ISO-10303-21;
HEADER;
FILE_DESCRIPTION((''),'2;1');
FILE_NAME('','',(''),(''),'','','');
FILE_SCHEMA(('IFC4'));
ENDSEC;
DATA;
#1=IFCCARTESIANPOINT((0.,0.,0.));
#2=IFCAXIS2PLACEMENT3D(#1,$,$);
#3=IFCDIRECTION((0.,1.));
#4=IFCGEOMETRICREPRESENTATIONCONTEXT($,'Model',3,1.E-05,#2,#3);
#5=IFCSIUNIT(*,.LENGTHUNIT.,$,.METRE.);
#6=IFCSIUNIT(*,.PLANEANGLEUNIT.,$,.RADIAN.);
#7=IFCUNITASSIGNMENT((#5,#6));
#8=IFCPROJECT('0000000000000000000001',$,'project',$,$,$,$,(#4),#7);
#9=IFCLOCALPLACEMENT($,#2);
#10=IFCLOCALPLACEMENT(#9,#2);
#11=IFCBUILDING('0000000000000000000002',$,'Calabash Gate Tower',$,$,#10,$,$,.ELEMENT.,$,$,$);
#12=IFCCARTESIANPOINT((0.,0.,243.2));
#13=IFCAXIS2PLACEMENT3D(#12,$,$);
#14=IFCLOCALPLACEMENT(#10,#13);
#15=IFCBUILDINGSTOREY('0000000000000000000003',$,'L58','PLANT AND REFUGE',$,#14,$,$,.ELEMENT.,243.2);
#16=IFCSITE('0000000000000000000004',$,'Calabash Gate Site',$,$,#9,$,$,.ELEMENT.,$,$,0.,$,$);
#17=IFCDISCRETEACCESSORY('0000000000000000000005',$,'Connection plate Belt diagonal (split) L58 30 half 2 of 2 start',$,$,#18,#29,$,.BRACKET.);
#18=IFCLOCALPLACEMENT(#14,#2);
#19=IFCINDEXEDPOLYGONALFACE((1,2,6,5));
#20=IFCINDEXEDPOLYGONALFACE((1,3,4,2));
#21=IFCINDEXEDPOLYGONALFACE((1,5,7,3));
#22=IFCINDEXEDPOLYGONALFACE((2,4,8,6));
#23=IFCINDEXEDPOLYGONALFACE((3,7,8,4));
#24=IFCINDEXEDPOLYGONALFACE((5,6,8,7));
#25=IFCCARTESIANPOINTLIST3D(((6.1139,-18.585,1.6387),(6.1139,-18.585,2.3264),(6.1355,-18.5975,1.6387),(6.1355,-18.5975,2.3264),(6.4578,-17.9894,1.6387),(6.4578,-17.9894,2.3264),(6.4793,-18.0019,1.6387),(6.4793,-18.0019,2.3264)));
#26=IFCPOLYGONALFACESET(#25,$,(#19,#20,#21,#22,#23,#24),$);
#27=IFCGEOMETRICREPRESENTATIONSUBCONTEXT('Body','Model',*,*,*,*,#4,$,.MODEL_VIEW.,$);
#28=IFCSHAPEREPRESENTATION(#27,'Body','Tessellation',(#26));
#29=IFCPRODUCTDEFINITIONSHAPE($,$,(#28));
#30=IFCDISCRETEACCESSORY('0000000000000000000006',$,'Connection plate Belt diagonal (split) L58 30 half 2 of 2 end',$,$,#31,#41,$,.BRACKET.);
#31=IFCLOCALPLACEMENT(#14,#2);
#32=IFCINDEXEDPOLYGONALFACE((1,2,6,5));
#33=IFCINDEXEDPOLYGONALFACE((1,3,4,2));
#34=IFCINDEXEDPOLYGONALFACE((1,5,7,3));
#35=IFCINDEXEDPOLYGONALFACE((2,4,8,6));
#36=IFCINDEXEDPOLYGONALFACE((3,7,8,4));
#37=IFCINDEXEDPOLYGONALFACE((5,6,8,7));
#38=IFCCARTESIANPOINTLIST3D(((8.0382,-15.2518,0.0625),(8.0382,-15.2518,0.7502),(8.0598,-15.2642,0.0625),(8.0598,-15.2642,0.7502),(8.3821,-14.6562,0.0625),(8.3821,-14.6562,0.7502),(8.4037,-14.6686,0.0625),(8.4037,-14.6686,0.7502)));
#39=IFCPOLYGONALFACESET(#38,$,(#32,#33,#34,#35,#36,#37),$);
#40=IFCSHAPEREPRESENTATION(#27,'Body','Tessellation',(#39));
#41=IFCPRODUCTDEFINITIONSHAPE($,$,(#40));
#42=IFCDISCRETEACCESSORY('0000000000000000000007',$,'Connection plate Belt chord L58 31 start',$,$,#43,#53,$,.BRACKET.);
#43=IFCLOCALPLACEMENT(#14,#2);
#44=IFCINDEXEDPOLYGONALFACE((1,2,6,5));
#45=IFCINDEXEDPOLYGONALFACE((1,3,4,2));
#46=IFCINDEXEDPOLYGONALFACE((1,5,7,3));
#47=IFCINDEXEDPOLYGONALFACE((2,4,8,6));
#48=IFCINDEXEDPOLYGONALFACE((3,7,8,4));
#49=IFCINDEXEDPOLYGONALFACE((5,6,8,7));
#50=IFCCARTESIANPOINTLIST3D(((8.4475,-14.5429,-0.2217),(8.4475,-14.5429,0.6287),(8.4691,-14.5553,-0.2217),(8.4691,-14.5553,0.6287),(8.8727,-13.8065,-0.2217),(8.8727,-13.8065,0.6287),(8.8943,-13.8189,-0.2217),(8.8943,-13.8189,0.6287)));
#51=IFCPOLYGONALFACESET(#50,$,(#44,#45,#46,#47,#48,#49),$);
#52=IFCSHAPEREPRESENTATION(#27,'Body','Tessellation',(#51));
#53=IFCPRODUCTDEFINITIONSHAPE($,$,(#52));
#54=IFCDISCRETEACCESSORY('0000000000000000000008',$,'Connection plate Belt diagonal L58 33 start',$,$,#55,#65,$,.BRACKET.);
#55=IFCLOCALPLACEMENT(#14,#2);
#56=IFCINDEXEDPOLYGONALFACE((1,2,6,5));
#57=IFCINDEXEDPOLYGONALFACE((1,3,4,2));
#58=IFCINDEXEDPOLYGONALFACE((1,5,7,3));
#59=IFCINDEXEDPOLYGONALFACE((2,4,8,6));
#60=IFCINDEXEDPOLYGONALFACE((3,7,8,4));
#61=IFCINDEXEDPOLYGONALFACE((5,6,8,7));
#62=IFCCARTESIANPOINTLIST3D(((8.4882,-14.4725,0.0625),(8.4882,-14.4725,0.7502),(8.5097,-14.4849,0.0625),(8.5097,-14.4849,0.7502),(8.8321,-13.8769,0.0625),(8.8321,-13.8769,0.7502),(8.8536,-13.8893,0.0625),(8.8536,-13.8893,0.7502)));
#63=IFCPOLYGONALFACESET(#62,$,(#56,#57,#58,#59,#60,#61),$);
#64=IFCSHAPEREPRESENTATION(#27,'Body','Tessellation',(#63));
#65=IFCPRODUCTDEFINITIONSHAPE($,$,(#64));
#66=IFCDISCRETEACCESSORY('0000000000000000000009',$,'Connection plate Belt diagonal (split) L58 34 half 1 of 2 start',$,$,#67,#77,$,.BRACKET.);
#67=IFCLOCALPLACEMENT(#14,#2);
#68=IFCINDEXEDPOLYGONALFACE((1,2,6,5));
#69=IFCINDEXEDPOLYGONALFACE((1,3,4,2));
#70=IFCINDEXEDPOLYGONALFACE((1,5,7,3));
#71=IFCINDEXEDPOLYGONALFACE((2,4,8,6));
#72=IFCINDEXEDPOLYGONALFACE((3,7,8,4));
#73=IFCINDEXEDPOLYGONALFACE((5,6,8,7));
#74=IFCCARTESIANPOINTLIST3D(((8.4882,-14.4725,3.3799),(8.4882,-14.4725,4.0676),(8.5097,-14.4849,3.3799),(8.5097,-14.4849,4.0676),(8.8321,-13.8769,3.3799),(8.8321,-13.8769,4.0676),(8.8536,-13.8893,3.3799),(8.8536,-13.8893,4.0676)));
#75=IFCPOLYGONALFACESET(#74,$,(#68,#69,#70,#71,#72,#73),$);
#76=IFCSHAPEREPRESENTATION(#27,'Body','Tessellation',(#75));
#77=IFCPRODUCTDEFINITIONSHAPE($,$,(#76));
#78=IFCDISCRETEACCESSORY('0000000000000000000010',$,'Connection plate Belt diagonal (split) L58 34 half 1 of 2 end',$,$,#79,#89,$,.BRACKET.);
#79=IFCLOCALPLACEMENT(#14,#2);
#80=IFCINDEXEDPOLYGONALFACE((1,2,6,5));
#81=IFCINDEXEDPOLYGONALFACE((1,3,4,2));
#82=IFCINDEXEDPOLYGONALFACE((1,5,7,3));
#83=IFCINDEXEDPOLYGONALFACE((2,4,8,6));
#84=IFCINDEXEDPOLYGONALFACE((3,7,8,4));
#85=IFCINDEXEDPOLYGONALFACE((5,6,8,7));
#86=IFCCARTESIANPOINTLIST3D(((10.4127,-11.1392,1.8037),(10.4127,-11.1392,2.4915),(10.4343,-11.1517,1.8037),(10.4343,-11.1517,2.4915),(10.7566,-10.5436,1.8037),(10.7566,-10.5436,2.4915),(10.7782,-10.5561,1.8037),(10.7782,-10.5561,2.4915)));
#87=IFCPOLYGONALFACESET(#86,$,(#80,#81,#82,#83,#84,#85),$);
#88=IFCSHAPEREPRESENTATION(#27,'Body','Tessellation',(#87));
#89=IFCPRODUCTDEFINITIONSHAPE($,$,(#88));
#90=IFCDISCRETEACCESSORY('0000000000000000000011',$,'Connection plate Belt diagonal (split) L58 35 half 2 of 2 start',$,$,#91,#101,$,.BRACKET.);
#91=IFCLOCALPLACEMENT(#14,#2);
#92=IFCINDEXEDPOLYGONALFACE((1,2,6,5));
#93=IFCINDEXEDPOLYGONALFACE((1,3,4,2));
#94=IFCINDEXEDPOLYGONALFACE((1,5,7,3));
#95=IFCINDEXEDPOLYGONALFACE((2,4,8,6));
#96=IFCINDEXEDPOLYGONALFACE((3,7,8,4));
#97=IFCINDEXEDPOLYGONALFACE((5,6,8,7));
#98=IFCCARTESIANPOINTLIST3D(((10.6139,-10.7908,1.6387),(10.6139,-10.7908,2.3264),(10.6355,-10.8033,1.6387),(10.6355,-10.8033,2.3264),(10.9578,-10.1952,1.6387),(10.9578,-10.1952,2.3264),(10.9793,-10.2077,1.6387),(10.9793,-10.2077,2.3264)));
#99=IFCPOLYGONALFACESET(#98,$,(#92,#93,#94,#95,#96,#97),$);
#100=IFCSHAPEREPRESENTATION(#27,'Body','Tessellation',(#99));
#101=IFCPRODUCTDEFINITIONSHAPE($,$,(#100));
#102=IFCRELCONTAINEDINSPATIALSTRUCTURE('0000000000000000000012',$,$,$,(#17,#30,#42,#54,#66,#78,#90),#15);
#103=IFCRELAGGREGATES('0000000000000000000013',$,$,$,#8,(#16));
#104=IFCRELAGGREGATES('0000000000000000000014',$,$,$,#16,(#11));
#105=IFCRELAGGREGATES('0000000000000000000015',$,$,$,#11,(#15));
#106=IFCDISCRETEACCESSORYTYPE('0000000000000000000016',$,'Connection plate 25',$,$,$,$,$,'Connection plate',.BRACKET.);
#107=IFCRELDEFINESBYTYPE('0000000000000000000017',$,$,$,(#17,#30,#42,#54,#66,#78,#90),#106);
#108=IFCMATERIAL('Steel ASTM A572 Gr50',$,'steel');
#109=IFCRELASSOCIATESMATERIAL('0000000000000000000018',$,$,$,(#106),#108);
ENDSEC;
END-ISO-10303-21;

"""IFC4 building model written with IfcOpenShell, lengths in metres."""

from ifc_helpers import new_model, si_unit, direction, frame, origin, origin_2d, place, context, subcontext, project, spatial, rectangle, extrude, material, type_object, element, save


model = new_model("IFC4")

# Units and contexts
model_context = context("Model", 3, precision=1e-05, world=origin(), true_north=direction((0.0, 1.0)))
body_context = subcontext(model_context, "Body", "Model", "MODEL_VIEW")
ifc_project = project(units=[si_unit("LENGTHUNIT", "METRE"), si_unit("PLANEANGLEUNIT", "RADIAN")], contexts=[model_context])

# Site, building, storey
site_placement = place(None, origin())
site = spatial("IfcSite", under=ifc_project, at=site_placement, Name="Calabash Gate Site", CompositionType="ELEMENT", RefElevation=0.0)
building_placement = place(site_placement, origin())
building = spatial("IfcBuilding", under=site, at=building_placement, Name="Calabash Gate Tower", CompositionType="ELEMENT")
storey_placement = place(building_placement, frame((0.0, 0.0, 243.2)))
storey = spatial("IfcBuildingStorey", under=building, at=storey_placement, Name="L58", Description="PLANT AND REFUGE", CompositionType="ELEMENT", Elevation=243.2)

# Discrete accessories
ifc_material_1 = material(Name="Steel ASTM A572 Gr50", Category="steel")
discrete_accessory_type = type_object("IfcDiscreteAccessoryType", Name="Connection plate 25", ElementType="Connection plate", PredefinedType="BRACKET", material=ifc_material_1)
for number, where, z_axis, x_axis, name in (
    (1, (6.2966, -18.2935, 1.6387), (0.0, 0.0, 1.0), (0.5, 0.866025, 0.0), "Connection plate Belt diagonal (split) L58 30 half 2 of 2 start"),
    (2, (8.2209, -14.9602, 0.0625), (0.0, 0.0, 1.0), (0.5, 0.866025, 0.0), "Connection plate Belt diagonal (split) L58 30 half 2 of 2 end"),
):
    element("IfcDiscreteAccessory", number, at=place(storey_placement, frame(where, z_axis=z_axis, x_axis=x_axis)), inside=storey, type_object=discrete_accessory_type, Name=name, PredefinedType="BRACKET", context=body_context, shape_type="SweptSolid", body=[
        extrude(rectangle(XDim=0.6877, YDim=0.0249, at=origin_2d()), origin(), (0.0, 0.0, 1.0), 0.6877),
    ])
discrete_accessory_placement = place(storey_placement, frame((8.6709, -14.1809, -0.2217), z_axis=(0.0, 0.0, 1.0), x_axis=(0.5, 0.866025, 0.0)))
element("IfcDiscreteAccessory", 3, at=discrete_accessory_placement, inside=storey, type_object=discrete_accessory_type, Name="Connection plate Belt chord L58 31 start", PredefinedType="BRACKET", context=body_context, shape_type="SweptSolid", body=[
    extrude(rectangle(XDim=0.8503, YDim=0.0249, at=origin_2d()), origin(), (0.0, 0.0, 1.0), 0.8503),
])
for number, where, z_axis, x_axis, name in (
    (4, (8.6709, -14.1809, 0.0625), (0.0, 0.0, 1.0), (0.5, 0.866025, 0.0), "Connection plate Belt diagonal L58 33 start"),
    (5, (8.6709, -14.1809, 3.3799), (0.0, 0.0, 1.0), (0.5, 0.866025, 0.0), "Connection plate Belt diagonal (split) L58 34 half 1 of 2 start"),
    (6, (10.5955, -10.8477, 1.8037), (0.0, 0.0, 1.0), (0.5, 0.866025, 0.0), "Connection plate Belt diagonal (split) L58 34 half 1 of 2 end"),
    (7, (10.7966, -10.4993, 1.6387), (0.0, 0.0, 1.0), (0.5, 0.866025, 0.0), "Connection plate Belt diagonal (split) L58 35 half 2 of 2 start"),
):
    element("IfcDiscreteAccessory", number, at=place(storey_placement, frame(where, z_axis=z_axis, x_axis=x_axis)), inside=storey, type_object=discrete_accessory_type, Name=name, PredefinedType="BRACKET", context=body_context, shape_type="SweptSolid", body=[
        extrude(rectangle(XDim=0.6877, YDim=0.0249, at=origin_2d()), origin(), (0.0, 0.0, 1.0), 0.6877),
    ])

save(model, "model.ifc")
